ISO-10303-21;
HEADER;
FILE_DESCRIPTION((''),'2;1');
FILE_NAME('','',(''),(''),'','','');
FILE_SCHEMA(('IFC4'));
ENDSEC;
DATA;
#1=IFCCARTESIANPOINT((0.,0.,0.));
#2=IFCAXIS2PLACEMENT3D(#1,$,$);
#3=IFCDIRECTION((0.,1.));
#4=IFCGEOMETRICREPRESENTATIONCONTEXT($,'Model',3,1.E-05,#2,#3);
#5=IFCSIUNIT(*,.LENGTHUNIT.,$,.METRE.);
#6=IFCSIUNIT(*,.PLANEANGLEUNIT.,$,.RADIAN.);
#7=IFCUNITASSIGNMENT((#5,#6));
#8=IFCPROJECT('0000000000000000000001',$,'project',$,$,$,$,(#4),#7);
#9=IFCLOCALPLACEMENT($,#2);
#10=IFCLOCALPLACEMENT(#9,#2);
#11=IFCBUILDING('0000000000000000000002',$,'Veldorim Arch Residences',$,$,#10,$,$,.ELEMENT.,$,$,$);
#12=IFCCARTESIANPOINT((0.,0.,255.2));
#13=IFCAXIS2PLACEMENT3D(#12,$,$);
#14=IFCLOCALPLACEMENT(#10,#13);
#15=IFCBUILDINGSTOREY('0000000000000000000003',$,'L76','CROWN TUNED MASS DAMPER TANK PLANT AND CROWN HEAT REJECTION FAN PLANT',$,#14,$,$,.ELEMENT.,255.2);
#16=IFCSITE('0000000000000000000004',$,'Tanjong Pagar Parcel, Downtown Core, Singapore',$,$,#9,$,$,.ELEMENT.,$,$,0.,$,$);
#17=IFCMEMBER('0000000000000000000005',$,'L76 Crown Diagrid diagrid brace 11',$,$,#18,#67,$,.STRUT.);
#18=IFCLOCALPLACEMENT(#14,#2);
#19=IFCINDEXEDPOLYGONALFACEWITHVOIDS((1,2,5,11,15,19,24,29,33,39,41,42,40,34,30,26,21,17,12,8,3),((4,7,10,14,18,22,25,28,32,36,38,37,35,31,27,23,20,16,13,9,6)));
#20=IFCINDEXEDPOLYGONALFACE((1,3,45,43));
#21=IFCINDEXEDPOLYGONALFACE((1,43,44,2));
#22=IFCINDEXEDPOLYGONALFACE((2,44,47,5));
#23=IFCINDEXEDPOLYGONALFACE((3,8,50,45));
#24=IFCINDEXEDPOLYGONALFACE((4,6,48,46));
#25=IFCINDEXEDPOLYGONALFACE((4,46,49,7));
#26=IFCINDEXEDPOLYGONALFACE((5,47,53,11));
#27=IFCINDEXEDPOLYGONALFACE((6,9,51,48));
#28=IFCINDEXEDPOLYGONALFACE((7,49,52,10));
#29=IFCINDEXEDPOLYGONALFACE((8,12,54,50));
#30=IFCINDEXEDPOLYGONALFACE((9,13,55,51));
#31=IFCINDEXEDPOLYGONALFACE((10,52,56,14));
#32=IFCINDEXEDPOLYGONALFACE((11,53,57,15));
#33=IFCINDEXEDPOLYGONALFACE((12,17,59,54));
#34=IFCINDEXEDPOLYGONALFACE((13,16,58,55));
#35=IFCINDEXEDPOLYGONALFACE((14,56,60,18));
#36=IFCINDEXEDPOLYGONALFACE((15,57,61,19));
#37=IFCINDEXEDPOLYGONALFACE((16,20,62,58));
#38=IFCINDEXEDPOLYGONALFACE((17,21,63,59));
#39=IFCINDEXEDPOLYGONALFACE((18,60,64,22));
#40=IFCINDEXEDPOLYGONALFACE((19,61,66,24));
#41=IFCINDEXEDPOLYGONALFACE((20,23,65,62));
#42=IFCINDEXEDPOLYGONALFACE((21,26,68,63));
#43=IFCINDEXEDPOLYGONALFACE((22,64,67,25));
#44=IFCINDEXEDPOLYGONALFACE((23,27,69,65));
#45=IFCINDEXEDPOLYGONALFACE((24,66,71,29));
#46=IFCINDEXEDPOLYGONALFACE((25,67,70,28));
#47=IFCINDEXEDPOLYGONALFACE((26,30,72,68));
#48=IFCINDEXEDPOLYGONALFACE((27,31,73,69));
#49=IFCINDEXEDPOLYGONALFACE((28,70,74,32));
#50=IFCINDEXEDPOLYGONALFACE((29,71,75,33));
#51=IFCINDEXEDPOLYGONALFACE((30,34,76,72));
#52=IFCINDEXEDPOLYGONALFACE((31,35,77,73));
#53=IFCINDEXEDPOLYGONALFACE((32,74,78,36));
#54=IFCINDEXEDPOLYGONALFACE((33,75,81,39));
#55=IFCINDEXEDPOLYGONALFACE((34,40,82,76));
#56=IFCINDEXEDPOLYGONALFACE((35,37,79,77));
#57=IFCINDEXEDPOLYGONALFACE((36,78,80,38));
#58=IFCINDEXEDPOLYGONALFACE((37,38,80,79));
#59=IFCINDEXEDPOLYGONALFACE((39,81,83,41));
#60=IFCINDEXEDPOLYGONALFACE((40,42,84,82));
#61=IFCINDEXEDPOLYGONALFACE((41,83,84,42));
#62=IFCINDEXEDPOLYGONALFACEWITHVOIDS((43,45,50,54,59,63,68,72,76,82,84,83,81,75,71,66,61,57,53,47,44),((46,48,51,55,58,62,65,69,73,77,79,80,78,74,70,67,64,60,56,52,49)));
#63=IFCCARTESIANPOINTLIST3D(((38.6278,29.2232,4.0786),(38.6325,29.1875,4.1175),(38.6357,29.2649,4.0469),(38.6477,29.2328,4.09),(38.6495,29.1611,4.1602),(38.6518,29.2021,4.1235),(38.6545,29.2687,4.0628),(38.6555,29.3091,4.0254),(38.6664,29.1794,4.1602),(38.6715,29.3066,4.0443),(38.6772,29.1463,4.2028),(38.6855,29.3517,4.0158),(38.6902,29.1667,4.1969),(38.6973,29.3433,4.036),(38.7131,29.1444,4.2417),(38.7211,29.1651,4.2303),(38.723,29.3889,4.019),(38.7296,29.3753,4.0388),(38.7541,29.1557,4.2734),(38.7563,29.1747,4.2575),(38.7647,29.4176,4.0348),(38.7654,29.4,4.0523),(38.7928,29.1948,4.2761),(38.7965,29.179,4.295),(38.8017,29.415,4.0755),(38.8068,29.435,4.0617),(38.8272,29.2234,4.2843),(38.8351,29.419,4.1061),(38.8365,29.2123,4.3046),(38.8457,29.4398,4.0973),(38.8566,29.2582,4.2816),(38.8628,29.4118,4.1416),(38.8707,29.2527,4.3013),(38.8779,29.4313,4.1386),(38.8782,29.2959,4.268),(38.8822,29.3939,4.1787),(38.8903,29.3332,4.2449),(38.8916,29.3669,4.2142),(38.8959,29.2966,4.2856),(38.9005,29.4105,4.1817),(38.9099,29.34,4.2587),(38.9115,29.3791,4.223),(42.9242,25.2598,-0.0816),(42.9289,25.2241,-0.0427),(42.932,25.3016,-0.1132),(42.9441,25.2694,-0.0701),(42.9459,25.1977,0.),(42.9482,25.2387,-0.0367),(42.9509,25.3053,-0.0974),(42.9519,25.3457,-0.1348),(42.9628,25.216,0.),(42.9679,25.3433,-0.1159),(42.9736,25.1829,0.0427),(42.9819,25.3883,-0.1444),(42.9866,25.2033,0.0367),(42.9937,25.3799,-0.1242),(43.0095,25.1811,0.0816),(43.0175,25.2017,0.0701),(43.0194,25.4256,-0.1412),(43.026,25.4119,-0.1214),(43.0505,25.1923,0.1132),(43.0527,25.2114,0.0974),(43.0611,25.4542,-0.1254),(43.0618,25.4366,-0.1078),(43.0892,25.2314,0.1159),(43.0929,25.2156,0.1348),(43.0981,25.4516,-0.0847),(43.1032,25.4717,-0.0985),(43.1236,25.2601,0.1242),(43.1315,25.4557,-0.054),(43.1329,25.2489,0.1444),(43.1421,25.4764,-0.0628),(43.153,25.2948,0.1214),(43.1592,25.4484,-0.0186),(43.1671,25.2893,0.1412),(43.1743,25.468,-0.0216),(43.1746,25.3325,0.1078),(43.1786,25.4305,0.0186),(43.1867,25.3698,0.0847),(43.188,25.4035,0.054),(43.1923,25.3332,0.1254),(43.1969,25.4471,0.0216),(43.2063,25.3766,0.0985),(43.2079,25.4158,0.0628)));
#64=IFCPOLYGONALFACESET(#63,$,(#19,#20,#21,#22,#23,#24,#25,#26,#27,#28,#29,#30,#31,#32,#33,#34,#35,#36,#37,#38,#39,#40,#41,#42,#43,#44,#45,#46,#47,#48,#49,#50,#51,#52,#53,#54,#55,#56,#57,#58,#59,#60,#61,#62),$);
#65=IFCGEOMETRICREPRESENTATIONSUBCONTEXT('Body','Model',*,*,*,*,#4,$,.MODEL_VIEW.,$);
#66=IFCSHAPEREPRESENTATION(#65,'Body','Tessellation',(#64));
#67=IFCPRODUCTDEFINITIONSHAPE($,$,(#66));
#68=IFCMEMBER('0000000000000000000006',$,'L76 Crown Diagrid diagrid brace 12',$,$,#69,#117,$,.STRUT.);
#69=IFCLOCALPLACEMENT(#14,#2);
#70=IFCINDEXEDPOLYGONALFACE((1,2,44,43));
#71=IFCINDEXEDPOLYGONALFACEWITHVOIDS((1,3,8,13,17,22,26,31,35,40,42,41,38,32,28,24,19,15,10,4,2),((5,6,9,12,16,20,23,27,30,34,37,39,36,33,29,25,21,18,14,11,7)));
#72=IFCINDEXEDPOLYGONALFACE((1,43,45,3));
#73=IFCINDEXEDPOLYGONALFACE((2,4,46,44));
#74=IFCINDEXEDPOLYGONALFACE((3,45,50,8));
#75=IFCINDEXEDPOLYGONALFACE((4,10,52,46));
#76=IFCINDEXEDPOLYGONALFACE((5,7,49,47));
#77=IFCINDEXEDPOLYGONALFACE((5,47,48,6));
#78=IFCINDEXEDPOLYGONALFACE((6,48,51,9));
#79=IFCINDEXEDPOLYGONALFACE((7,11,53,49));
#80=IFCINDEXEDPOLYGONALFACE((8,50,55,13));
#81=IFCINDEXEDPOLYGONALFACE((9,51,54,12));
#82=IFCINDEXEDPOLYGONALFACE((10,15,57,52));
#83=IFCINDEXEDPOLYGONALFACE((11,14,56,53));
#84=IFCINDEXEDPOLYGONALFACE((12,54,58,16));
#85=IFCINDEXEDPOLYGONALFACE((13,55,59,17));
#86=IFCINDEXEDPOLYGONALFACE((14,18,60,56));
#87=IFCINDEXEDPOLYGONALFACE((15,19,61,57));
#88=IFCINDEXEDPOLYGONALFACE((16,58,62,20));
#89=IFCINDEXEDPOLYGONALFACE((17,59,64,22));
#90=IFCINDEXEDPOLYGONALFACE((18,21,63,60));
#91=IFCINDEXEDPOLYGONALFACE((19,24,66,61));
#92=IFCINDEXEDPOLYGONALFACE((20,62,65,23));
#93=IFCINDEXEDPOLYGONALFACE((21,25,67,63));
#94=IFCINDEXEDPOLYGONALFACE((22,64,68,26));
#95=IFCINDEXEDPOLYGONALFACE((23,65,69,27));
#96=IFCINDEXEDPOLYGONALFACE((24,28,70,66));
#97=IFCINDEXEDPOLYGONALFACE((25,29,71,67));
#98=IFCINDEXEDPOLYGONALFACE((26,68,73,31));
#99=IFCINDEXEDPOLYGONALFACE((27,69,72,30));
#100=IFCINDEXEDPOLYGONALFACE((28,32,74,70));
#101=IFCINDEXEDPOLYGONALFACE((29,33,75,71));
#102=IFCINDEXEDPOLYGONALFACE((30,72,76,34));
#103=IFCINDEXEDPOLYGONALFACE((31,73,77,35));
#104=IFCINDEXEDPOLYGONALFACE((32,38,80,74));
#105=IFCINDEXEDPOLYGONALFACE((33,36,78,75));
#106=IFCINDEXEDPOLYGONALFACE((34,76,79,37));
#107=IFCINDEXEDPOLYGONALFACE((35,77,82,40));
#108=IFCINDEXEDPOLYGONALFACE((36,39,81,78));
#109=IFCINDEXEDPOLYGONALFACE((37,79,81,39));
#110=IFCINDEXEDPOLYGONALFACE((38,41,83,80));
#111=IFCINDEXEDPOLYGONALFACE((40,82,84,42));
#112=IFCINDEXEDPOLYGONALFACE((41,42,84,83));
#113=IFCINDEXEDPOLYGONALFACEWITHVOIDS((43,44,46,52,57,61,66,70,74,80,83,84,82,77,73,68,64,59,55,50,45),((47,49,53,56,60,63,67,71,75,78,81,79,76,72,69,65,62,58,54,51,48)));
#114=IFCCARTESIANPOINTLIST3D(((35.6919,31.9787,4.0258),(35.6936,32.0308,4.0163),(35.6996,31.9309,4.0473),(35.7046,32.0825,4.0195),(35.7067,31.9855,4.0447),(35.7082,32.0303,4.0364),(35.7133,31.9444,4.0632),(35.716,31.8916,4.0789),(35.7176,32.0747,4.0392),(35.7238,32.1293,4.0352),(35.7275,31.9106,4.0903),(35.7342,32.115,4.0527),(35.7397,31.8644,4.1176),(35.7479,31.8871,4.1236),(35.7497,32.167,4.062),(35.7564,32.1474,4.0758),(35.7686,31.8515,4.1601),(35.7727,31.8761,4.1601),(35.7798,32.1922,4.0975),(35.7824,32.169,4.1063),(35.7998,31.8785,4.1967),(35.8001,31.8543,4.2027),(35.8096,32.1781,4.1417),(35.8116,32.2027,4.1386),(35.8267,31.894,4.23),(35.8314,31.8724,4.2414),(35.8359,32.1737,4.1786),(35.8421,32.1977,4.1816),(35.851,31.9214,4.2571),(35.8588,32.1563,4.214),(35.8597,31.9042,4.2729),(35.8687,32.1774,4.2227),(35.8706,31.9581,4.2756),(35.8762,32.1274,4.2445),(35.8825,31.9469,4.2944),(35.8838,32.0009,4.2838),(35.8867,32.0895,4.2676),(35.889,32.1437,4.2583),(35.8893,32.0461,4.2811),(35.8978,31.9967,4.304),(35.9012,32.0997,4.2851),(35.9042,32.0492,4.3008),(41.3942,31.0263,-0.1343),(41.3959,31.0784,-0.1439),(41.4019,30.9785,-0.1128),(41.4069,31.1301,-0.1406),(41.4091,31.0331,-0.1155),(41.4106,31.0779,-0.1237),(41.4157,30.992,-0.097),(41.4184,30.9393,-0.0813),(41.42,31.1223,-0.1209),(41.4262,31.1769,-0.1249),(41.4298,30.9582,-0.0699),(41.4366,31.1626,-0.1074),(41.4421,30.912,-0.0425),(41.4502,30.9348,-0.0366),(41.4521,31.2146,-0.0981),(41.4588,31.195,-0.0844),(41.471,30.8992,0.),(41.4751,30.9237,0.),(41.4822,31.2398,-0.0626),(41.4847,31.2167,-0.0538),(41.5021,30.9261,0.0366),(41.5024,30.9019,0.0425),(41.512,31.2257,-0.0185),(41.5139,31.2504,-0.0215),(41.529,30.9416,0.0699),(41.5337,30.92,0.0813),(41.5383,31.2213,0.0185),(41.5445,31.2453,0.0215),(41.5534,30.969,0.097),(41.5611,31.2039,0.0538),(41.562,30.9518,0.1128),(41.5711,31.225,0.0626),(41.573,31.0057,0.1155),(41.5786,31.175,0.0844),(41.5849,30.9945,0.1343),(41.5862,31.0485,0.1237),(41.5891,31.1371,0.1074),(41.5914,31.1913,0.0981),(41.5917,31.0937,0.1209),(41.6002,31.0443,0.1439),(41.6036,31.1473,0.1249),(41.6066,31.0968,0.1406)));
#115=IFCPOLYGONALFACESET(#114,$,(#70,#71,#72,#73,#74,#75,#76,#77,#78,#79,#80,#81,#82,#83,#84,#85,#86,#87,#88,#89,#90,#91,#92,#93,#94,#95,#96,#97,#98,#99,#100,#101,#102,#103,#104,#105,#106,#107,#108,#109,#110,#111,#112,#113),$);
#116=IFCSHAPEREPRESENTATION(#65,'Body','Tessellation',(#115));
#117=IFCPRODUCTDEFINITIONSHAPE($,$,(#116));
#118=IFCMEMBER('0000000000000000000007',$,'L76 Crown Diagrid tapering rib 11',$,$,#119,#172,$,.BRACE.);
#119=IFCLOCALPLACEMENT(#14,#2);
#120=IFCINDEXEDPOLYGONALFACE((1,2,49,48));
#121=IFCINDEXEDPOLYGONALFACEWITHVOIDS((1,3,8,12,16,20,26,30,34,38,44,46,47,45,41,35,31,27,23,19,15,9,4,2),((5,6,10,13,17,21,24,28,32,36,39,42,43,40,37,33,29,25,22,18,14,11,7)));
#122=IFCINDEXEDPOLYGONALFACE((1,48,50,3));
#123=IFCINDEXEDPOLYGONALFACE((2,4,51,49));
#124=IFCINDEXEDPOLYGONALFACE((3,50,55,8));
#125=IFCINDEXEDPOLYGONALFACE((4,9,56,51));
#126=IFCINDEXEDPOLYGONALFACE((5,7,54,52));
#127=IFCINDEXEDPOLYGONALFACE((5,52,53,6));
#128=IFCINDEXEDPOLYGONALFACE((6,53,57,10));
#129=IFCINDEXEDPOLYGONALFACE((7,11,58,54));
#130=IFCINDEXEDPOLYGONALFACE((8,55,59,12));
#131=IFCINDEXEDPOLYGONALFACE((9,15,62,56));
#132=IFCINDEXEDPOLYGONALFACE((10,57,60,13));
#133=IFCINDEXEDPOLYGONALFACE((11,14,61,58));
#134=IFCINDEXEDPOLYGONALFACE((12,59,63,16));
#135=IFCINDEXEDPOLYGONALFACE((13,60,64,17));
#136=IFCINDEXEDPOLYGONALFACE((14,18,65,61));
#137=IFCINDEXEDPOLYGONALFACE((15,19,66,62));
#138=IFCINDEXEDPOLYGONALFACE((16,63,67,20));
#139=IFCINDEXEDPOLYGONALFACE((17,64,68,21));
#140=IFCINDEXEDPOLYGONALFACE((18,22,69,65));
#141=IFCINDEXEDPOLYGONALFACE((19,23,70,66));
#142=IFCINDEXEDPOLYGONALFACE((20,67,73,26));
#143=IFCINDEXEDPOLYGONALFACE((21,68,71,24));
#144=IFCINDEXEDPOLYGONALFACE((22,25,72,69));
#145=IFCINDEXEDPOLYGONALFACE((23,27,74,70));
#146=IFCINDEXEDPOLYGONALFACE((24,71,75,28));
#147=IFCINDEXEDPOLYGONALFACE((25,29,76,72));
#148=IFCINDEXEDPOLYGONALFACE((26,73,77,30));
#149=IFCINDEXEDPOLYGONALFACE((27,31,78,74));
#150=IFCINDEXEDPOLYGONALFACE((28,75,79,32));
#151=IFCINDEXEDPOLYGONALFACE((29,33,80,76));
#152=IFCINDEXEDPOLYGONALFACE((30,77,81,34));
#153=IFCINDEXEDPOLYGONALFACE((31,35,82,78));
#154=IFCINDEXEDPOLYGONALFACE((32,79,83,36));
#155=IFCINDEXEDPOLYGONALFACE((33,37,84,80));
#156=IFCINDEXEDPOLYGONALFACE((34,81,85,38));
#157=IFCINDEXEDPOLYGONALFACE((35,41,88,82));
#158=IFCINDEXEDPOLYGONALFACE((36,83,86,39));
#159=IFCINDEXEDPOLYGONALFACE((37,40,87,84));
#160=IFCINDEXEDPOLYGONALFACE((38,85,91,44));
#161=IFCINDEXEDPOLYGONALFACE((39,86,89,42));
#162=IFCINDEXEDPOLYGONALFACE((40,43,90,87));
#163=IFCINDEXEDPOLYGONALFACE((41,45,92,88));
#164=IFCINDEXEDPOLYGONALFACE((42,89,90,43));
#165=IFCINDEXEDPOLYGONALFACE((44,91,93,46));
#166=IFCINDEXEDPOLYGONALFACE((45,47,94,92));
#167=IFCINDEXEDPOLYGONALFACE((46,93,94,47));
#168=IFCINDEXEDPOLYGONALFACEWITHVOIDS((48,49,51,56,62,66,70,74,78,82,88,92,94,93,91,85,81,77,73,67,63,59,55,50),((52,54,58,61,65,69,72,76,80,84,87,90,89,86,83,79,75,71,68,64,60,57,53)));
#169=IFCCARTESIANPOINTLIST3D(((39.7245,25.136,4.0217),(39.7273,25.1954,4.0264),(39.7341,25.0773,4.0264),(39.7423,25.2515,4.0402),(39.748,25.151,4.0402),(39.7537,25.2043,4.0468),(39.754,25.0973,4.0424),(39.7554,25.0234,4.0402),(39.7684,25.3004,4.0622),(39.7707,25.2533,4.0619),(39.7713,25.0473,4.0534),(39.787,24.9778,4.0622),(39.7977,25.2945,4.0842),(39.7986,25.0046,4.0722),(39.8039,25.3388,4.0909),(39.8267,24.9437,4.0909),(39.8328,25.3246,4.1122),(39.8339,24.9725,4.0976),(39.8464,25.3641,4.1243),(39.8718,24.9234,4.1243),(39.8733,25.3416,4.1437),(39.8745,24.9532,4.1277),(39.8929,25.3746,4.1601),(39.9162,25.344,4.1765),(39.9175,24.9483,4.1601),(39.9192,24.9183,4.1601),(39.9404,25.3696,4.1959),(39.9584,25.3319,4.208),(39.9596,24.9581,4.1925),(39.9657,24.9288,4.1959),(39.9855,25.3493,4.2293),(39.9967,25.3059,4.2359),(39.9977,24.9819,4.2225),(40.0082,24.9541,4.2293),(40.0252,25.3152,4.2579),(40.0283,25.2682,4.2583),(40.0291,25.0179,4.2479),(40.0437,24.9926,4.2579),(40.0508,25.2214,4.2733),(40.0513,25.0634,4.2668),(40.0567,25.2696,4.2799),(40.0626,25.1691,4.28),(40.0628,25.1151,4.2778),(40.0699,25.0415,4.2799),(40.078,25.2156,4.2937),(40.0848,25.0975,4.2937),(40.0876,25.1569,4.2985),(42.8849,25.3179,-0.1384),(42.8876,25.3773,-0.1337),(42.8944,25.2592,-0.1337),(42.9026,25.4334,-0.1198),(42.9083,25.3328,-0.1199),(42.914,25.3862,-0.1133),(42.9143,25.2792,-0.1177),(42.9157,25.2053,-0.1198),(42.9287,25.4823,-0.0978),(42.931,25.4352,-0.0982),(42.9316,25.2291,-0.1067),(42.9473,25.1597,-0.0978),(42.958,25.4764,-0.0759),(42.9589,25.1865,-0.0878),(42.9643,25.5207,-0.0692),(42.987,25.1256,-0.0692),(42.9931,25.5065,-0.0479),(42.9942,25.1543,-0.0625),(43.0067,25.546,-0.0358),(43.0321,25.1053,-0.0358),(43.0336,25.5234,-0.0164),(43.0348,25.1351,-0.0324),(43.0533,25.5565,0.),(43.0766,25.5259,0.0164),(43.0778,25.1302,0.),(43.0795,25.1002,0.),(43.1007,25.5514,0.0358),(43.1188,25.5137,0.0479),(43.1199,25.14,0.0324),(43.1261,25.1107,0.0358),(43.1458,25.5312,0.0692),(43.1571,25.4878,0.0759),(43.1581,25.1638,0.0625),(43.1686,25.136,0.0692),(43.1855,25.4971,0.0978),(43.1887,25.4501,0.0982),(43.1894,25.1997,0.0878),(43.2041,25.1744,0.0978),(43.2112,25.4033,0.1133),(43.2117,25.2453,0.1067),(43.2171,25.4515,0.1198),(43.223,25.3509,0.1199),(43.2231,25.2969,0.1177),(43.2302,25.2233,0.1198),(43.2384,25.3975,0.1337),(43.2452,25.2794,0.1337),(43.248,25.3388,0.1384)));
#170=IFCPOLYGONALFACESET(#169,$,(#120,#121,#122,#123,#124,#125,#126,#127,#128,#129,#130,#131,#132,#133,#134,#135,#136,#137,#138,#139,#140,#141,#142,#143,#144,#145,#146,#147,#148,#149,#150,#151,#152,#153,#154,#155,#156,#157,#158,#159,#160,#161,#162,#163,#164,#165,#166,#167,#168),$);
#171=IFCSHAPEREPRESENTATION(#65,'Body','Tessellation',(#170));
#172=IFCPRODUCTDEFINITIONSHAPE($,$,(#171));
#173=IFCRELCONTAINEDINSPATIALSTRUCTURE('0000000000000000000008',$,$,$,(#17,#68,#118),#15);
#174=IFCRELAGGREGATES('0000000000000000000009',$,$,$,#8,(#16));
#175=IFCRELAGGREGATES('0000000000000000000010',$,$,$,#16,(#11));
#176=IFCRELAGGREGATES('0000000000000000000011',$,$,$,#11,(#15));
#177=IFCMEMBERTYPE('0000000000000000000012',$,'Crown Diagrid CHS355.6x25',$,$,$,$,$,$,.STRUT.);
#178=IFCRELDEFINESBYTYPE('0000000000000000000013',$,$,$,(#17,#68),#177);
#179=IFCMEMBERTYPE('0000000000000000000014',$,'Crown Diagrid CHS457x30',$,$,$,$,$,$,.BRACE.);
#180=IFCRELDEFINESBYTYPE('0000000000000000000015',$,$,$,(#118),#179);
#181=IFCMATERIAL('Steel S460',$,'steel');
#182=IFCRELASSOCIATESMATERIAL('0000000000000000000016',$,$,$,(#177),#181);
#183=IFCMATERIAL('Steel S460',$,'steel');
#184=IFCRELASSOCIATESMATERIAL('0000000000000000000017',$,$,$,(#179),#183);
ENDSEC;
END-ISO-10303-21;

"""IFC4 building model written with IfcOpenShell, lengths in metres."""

from ifc_helpers import new_model, si_unit, direction, frame, origin, origin_2d, place, context, subcontext, project, spatial, hollow_circle, extrude, material, material_profile, profile_set, type_object, element, save


model = new_model("IFC4")

# Units and contexts
model_context = context("Model", 3, precision=1e-05, world=origin(), true_north=direction((0.0, 1.0)))
body_context = subcontext(model_context, "Body", "Model", "MODEL_VIEW")
ifc_project = project(units=[si_unit("LENGTHUNIT", "METRE"), si_unit("PLANEANGLEUNIT", "RADIAN")], contexts=[model_context])

# Site, building, storey
site_placement = place(None, origin())
site = spatial("IfcSite", under=ifc_project, at=site_placement, Name="Tanjong Pagar Parcel, Downtown Core, Singapore", CompositionType="ELEMENT", RefElevation=0.0)
building_placement = place(site_placement, origin())
building = spatial("IfcBuilding", under=site, at=building_placement, Name="Veldorim Arch Residences", CompositionType="ELEMENT")
storey_placement = place(building_placement, frame((0.0, 0.0, 255.2)))
storey = spatial("IfcBuildingStorey", under=building, at=storey_placement, Name="L76", Description="CROWN TUNED MASS DAMPER TANK PLANT AND CROWN HEAT REJECTION FAN PLANT", CompositionType="ELEMENT", Elevation=255.2)

# Members
ifc_material_1 = material(Name="Steel S460", Category="steel")
ifc_material_profile_1 = material_profile(ifc_material_1, hollow_circle(Radius=0.1777, WallThickness=0.0249, at=origin_2d()), Name="CHS355.6x25")
ifc_profile_set_1 = profile_set([ifc_material_profile_1], Name="Steel S460")
member_type_1 = type_object("IfcMemberType", Name="Crown Diagrid CHS355.6x25", PredefinedType="STRUT", material=ifc_profile_set_1)
member_1_placement = place(storey_placement, frame((43.0664, 25.3284, 0.0), z_axis=(-0.598837, 0.552422, 0.579849), x_axis=(-0.678048, -0.735018, 0.0)))
element("IfcMember", 1, at=member_1_placement, inside=storey, type_object=member_type_1, Name="L76 Crown Diagrid diagrid brace 11", PredefinedType="STRUT", context=body_context, shape_type="SweptSolid", body=[
    extrude(hollow_circle(Radius=0.1777, WallThickness=0.0249, at=origin_2d()), origin(), (0.0, 0.0, 1.0), 7.1746),
])
member_2_placement = place(storey_placement, frame((41.5002, 31.0745, 0.0), z_axis=(-0.800607, 0.133714, 0.584079), x_axis=(-0.164735, -0.986338, 0.0)))
element("IfcMember", 2, at=member_2_placement, inside=storey, type_object=member_type_1, Name="L76 Crown Diagrid diagrid brace 12", PredefinedType="STRUT", context=body_context, shape_type="SweptSolid", body=[
    extrude(hollow_circle(Radius=0.1777, WallThickness=0.0249, at=origin_2d()), origin(), (0.0, 0.0, 1.0), 7.1226),
])
ifc_material_2 = material(Name="Steel S460", Category="steel")
ifc_material_profile_2 = material_profile(ifc_material_2, hollow_circle(Radius=0.2285, WallThickness=0.03, at=origin_2d()), Name="CHS457x30")
ifc_profile_set_2 = profile_set([ifc_material_profile_2], Name="Steel S460")
member_type_2 = type_object("IfcMemberType", Name="Crown Diagrid CHS457x30", PredefinedType="BRACE", material=ifc_profile_set_2)
member_3_placement = place(storey_placement, frame((43.0664, 25.3284, 0.0), z_axis=(-0.604557, -0.034793, 0.795802), x_axis=(0.057456, -0.998348, 0.0)))
element("IfcMember", 3, at=member_3_placement, inside=storey, type_object=member_type_2, Name="L76 Crown Diagrid tapering rib 11", PredefinedType="BRACE", context=body_context, shape_type="SweptSolid", body=[
    extrude(hollow_circle(Radius=0.2285, WallThickness=0.03, at=origin_2d()), origin(), (0.0, 0.0, 1.0), 5.2275),
])

save(model, "model.ifc")
